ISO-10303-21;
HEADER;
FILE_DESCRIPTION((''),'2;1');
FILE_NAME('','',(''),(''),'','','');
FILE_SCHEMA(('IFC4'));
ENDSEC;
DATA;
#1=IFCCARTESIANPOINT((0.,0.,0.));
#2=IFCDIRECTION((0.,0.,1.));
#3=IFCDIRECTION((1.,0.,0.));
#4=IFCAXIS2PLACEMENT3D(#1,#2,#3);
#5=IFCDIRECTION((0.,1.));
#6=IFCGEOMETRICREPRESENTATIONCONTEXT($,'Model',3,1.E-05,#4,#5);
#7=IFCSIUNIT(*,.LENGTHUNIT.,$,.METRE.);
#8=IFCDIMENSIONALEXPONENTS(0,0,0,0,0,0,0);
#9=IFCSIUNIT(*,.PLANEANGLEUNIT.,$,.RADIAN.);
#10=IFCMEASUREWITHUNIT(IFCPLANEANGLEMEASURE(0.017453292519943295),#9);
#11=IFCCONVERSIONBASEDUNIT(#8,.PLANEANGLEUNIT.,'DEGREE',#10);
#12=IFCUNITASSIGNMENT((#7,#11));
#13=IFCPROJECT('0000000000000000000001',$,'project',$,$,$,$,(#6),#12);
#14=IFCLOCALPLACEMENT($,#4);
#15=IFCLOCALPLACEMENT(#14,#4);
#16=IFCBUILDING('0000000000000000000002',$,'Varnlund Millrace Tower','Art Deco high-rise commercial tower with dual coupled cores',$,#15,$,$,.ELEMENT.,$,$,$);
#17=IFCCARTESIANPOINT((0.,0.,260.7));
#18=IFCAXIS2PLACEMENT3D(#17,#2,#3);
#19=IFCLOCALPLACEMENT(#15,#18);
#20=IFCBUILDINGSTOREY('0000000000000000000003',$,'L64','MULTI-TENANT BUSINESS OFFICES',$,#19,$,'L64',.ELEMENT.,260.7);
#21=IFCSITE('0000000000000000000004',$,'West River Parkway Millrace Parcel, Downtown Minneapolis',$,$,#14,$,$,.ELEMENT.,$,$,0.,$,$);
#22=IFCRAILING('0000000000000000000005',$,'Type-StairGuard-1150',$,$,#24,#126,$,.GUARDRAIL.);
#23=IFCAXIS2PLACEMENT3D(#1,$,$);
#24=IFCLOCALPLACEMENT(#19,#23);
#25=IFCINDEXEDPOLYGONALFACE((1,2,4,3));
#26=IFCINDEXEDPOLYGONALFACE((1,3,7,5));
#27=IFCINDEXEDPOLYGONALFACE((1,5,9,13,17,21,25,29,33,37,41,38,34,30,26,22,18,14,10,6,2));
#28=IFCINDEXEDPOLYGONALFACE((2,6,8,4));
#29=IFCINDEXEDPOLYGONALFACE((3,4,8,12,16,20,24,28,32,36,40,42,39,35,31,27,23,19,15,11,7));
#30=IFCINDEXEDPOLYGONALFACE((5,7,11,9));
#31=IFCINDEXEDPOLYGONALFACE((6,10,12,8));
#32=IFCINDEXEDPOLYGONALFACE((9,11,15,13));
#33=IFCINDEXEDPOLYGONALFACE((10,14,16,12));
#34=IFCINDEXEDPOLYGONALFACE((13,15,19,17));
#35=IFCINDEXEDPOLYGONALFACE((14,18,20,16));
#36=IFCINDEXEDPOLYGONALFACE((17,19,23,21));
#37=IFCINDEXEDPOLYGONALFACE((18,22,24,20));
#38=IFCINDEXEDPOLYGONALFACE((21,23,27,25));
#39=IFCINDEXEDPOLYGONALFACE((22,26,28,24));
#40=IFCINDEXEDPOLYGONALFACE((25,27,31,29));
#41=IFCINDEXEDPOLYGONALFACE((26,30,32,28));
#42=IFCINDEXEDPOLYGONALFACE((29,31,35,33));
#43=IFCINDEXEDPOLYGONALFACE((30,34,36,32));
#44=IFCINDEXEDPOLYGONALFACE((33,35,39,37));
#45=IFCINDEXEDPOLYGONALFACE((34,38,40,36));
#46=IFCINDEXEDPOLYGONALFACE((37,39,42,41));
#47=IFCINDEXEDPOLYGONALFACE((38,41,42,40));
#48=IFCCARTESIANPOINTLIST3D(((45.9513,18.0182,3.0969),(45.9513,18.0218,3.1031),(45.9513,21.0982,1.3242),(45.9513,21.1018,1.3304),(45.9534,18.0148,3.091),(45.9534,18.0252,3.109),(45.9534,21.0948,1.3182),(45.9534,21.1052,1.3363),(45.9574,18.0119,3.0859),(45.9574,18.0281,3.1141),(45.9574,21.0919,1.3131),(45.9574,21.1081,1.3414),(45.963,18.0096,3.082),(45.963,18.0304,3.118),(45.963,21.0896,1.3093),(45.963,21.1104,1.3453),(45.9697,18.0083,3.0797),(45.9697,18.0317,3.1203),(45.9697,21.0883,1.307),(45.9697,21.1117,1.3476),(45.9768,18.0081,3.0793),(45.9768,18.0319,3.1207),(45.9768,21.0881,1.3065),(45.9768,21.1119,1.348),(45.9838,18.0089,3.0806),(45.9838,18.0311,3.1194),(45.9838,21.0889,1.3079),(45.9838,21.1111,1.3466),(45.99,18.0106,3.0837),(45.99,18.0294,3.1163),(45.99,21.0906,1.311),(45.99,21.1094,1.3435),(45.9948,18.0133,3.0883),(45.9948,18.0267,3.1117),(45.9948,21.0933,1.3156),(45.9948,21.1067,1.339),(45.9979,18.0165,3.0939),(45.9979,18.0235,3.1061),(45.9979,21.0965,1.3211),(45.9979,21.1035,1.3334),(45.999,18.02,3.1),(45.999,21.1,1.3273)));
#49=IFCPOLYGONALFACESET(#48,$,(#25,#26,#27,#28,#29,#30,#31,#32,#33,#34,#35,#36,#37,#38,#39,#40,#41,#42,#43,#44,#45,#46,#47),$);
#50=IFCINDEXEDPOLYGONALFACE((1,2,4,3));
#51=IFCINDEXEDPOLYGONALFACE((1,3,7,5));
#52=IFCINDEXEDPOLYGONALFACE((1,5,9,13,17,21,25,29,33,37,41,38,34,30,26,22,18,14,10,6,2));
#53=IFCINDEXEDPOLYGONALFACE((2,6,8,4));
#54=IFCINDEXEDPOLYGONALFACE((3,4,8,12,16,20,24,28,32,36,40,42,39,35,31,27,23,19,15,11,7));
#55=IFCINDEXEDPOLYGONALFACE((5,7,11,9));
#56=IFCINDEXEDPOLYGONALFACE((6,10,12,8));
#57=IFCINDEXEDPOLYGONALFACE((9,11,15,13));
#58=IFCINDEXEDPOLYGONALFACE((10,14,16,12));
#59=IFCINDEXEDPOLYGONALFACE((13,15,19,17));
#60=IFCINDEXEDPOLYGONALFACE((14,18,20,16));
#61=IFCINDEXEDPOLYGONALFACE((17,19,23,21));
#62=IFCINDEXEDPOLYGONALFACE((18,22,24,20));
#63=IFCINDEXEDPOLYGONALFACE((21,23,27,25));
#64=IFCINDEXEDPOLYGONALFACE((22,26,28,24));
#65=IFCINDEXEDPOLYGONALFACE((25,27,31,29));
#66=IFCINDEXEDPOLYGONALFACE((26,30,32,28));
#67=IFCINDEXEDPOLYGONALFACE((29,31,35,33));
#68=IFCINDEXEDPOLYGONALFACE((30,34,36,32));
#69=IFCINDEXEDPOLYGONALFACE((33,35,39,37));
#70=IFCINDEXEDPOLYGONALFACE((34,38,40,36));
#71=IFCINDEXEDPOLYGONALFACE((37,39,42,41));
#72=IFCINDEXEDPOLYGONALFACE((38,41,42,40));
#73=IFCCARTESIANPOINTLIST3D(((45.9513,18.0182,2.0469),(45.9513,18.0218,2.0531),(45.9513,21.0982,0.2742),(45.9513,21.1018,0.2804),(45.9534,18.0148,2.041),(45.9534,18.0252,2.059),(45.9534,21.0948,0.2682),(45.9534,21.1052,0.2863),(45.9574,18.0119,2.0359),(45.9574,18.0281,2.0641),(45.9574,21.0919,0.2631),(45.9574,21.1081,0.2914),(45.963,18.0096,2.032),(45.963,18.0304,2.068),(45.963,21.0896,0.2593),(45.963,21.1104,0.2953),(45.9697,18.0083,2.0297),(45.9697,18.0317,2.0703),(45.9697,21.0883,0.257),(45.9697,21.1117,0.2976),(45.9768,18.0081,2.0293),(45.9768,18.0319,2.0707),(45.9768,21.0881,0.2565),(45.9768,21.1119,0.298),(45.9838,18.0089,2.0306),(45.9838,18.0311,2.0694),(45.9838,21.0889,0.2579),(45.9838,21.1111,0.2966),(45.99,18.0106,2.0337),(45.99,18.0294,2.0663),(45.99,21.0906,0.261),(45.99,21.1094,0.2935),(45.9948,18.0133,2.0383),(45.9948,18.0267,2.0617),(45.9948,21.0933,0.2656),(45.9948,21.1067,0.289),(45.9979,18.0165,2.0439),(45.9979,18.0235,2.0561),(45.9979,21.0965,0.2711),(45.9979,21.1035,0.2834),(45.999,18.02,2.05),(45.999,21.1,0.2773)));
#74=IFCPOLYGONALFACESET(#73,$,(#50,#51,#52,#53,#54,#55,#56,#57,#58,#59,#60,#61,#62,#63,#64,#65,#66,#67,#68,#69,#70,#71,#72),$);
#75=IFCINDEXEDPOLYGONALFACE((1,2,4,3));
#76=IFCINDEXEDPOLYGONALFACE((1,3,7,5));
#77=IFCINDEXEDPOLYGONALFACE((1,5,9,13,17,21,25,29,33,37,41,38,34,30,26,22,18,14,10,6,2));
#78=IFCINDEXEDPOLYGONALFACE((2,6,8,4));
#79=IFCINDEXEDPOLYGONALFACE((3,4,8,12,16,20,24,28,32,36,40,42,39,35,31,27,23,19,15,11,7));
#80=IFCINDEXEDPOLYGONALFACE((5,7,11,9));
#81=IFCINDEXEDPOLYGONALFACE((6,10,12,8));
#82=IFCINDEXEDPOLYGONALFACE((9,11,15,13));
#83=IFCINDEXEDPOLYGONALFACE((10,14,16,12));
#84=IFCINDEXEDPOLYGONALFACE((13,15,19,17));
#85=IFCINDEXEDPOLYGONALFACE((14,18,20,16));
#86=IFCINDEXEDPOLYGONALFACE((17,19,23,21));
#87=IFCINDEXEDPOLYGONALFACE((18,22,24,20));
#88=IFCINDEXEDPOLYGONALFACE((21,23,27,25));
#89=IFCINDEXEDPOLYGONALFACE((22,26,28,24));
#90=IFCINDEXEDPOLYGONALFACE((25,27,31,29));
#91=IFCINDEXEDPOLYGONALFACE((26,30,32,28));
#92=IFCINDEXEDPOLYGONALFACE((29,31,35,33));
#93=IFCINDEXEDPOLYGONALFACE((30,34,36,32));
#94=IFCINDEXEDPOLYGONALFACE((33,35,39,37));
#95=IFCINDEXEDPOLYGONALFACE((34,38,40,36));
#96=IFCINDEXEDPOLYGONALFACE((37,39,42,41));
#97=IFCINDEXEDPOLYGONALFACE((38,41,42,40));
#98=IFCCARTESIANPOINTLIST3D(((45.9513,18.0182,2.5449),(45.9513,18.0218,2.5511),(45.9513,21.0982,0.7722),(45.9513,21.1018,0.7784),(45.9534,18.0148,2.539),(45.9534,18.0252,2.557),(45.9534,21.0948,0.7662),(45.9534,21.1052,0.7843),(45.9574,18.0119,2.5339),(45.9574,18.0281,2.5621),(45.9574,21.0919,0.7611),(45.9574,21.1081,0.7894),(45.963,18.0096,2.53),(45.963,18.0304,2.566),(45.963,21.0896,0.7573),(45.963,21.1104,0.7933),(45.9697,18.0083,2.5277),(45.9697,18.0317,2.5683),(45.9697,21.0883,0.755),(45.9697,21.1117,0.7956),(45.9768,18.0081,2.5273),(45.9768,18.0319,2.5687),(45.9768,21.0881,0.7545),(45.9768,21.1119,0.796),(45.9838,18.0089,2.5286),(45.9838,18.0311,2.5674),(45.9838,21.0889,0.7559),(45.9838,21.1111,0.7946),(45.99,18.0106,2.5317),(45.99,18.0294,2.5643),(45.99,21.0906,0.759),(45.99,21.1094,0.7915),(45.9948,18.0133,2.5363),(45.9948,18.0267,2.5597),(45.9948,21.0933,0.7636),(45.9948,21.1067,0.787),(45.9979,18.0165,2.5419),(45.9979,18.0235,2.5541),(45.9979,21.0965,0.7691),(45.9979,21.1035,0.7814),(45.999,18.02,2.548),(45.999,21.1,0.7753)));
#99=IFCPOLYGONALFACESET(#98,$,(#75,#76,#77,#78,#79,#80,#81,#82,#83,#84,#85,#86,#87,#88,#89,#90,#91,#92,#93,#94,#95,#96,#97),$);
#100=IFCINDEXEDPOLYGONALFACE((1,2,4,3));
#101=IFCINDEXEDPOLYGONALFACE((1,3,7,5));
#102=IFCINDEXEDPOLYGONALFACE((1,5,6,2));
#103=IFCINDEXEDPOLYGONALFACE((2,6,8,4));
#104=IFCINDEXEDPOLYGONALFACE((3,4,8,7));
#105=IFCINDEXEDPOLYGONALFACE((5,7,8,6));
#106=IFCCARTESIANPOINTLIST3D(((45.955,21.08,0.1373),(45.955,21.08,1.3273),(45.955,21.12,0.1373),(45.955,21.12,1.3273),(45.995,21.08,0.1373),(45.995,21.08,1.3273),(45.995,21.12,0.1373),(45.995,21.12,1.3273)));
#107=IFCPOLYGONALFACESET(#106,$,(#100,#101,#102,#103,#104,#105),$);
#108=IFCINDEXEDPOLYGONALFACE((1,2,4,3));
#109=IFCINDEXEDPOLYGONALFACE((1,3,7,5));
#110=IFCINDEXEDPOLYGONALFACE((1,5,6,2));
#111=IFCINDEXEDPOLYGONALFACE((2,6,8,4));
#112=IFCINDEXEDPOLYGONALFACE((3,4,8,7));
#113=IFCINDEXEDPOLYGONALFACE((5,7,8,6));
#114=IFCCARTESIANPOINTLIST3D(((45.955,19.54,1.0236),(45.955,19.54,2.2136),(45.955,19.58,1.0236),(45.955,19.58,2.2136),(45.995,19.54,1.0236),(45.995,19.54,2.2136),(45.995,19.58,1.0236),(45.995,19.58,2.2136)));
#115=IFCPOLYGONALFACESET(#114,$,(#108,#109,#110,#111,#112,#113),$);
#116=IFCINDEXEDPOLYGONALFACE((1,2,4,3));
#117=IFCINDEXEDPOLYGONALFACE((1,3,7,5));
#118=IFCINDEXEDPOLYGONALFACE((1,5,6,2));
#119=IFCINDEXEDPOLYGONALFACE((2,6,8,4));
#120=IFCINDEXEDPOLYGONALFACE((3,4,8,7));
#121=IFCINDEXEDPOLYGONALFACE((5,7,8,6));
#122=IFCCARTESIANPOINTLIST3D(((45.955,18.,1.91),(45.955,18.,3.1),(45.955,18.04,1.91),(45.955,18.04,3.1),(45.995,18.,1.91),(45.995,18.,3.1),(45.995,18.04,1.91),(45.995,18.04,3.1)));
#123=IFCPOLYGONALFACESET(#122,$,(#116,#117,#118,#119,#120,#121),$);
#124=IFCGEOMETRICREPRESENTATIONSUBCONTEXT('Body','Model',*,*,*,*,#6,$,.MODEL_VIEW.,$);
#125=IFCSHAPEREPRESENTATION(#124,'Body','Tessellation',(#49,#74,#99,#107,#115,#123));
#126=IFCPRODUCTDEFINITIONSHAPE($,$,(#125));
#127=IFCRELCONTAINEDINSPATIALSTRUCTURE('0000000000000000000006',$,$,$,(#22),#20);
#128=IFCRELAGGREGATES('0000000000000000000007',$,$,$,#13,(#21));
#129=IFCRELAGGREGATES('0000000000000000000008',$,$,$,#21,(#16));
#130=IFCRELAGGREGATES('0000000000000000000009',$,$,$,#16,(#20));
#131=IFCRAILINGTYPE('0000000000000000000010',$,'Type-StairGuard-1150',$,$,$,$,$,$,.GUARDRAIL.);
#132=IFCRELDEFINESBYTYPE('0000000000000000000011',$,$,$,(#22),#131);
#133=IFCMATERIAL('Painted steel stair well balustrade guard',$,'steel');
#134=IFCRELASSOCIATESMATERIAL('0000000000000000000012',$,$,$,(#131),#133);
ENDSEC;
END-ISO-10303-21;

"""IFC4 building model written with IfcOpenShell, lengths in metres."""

from ifc_helpers import new_model, entity, si_unit, converted_unit, direction, frame, origin_with_axes, origin_2d_with_axis, place, context, subcontext, project, spatial, rectangle, circle, extrude, material, type_object, element, save


model = new_model("IFC4")

# Units and contexts
model_context = context("Model", 3, precision=1e-05, world=origin_with_axes(), true_north=direction((0.0, 1.0)))
body_context = subcontext(model_context, "Body", "Model", "MODEL_VIEW")
ifc_project = project(units=[si_unit("LENGTHUNIT", "METRE"), converted_unit("PLANEANGLEUNIT", "DEGREE", entity("IfcPlaneAngleMeasure", 0.017453292519943295), si_unit("PLANEANGLEUNIT", "RADIAN"), dimensions=[0, 0, 0, 0, 0, 0, 0])], contexts=[model_context])

# Site, building, storey
site_placement = place(None, origin_with_axes())
site = spatial("IfcSite", under=ifc_project, at=site_placement, Name="West River Parkway Millrace Parcel, Downtown Minneapolis", CompositionType="ELEMENT", RefElevation=0.0)
building_placement = place(site_placement, origin_with_axes())
building = spatial("IfcBuilding", under=site, at=building_placement, Name="Varnlund Millrace Tower", Description="Art Deco high-rise commercial tower with dual coupled cores", CompositionType="ELEMENT")
storey_placement = place(building_placement, frame((0.0, 0.0, 260.7), z_axis=(0.0, 0.0, 1.0), x_axis=(1.0, 0.0, 0.0)))
storey = spatial("IfcBuildingStorey", under=building, at=storey_placement, Name="L64", Description="MULTI-TENANT BUSINESS OFFICES", LongName="L64", CompositionType="ELEMENT", Elevation=260.7)

# Railing
ifc_material_1 = material(Name="Painted steel stair well balustrade guard", Category="steel")
railing_type_1 = type_object("IfcRailingType", Name="Type-StairGuard-1150", PredefinedType="GUARDRAIL", material=ifc_material_1)
railing_1_placement = place(storey_placement, frame((0.0, 0.0, -260.7), z_axis=(0.0, 0.0, 1.0), x_axis=(1.0, 0.0, 0.0)))
element("IfcRailing", 1, at=railing_1_placement, inside=storey, type_object=railing_type_1, Name="Type-StairGuard-1150", PredefinedType="GUARDRAIL", context=body_context, shape_type="SweptSolid", body=[
    extrude(circle(Radius=0.024, at=origin_2d_with_axis()), frame((45.975, 21.1, 262.0273), z_axis=(0.0, -0.866696, 0.498836), x_axis=(1.0, 0.0, 0.0)), (0.0, 0.0, 1.0), 3.5537),
    extrude(circle(Radius=0.024, at=origin_2d_with_axis()), frame((45.975, 21.1, 260.9773), z_axis=(0.0, -0.866696, 0.498836), x_axis=(1.0, 0.0, 0.0)), (0.0, 0.0, 1.0), 3.5537),
    extrude(circle(Radius=0.024, at=origin_2d_with_axis()), frame((45.975, 21.1, 261.4753), z_axis=(0.0, -0.866696, 0.498836), x_axis=(1.0, 0.0, 0.0)), (0.0, 0.0, 1.0), 3.5537),
    extrude(rectangle(XDim=0.04, YDim=0.04, at=origin_2d_with_axis()), frame((45.975, 21.1, 260.8373), z_axis=(0.0, 0.0, 1.0), x_axis=(1.0, 0.0, 0.0)), (0.0, 0.0, 1.0), 1.19),
    extrude(rectangle(XDim=0.04, YDim=0.04, at=origin_2d_with_axis()), frame((45.975, 19.56, 261.7236), z_axis=(0.0, 0.0, 1.0), x_axis=(1.0, 0.0, 0.0)), (0.0, 0.0, 1.0), 1.19),
    extrude(rectangle(XDim=0.04, YDim=0.04, at=origin_2d_with_axis()), frame((45.975, 18.02, 262.61), z_axis=(0.0, 0.0, 1.0), x_axis=(1.0, 0.0, 0.0)), (0.0, 0.0, 1.0), 1.19),
])

save(model, "model.ifc")
